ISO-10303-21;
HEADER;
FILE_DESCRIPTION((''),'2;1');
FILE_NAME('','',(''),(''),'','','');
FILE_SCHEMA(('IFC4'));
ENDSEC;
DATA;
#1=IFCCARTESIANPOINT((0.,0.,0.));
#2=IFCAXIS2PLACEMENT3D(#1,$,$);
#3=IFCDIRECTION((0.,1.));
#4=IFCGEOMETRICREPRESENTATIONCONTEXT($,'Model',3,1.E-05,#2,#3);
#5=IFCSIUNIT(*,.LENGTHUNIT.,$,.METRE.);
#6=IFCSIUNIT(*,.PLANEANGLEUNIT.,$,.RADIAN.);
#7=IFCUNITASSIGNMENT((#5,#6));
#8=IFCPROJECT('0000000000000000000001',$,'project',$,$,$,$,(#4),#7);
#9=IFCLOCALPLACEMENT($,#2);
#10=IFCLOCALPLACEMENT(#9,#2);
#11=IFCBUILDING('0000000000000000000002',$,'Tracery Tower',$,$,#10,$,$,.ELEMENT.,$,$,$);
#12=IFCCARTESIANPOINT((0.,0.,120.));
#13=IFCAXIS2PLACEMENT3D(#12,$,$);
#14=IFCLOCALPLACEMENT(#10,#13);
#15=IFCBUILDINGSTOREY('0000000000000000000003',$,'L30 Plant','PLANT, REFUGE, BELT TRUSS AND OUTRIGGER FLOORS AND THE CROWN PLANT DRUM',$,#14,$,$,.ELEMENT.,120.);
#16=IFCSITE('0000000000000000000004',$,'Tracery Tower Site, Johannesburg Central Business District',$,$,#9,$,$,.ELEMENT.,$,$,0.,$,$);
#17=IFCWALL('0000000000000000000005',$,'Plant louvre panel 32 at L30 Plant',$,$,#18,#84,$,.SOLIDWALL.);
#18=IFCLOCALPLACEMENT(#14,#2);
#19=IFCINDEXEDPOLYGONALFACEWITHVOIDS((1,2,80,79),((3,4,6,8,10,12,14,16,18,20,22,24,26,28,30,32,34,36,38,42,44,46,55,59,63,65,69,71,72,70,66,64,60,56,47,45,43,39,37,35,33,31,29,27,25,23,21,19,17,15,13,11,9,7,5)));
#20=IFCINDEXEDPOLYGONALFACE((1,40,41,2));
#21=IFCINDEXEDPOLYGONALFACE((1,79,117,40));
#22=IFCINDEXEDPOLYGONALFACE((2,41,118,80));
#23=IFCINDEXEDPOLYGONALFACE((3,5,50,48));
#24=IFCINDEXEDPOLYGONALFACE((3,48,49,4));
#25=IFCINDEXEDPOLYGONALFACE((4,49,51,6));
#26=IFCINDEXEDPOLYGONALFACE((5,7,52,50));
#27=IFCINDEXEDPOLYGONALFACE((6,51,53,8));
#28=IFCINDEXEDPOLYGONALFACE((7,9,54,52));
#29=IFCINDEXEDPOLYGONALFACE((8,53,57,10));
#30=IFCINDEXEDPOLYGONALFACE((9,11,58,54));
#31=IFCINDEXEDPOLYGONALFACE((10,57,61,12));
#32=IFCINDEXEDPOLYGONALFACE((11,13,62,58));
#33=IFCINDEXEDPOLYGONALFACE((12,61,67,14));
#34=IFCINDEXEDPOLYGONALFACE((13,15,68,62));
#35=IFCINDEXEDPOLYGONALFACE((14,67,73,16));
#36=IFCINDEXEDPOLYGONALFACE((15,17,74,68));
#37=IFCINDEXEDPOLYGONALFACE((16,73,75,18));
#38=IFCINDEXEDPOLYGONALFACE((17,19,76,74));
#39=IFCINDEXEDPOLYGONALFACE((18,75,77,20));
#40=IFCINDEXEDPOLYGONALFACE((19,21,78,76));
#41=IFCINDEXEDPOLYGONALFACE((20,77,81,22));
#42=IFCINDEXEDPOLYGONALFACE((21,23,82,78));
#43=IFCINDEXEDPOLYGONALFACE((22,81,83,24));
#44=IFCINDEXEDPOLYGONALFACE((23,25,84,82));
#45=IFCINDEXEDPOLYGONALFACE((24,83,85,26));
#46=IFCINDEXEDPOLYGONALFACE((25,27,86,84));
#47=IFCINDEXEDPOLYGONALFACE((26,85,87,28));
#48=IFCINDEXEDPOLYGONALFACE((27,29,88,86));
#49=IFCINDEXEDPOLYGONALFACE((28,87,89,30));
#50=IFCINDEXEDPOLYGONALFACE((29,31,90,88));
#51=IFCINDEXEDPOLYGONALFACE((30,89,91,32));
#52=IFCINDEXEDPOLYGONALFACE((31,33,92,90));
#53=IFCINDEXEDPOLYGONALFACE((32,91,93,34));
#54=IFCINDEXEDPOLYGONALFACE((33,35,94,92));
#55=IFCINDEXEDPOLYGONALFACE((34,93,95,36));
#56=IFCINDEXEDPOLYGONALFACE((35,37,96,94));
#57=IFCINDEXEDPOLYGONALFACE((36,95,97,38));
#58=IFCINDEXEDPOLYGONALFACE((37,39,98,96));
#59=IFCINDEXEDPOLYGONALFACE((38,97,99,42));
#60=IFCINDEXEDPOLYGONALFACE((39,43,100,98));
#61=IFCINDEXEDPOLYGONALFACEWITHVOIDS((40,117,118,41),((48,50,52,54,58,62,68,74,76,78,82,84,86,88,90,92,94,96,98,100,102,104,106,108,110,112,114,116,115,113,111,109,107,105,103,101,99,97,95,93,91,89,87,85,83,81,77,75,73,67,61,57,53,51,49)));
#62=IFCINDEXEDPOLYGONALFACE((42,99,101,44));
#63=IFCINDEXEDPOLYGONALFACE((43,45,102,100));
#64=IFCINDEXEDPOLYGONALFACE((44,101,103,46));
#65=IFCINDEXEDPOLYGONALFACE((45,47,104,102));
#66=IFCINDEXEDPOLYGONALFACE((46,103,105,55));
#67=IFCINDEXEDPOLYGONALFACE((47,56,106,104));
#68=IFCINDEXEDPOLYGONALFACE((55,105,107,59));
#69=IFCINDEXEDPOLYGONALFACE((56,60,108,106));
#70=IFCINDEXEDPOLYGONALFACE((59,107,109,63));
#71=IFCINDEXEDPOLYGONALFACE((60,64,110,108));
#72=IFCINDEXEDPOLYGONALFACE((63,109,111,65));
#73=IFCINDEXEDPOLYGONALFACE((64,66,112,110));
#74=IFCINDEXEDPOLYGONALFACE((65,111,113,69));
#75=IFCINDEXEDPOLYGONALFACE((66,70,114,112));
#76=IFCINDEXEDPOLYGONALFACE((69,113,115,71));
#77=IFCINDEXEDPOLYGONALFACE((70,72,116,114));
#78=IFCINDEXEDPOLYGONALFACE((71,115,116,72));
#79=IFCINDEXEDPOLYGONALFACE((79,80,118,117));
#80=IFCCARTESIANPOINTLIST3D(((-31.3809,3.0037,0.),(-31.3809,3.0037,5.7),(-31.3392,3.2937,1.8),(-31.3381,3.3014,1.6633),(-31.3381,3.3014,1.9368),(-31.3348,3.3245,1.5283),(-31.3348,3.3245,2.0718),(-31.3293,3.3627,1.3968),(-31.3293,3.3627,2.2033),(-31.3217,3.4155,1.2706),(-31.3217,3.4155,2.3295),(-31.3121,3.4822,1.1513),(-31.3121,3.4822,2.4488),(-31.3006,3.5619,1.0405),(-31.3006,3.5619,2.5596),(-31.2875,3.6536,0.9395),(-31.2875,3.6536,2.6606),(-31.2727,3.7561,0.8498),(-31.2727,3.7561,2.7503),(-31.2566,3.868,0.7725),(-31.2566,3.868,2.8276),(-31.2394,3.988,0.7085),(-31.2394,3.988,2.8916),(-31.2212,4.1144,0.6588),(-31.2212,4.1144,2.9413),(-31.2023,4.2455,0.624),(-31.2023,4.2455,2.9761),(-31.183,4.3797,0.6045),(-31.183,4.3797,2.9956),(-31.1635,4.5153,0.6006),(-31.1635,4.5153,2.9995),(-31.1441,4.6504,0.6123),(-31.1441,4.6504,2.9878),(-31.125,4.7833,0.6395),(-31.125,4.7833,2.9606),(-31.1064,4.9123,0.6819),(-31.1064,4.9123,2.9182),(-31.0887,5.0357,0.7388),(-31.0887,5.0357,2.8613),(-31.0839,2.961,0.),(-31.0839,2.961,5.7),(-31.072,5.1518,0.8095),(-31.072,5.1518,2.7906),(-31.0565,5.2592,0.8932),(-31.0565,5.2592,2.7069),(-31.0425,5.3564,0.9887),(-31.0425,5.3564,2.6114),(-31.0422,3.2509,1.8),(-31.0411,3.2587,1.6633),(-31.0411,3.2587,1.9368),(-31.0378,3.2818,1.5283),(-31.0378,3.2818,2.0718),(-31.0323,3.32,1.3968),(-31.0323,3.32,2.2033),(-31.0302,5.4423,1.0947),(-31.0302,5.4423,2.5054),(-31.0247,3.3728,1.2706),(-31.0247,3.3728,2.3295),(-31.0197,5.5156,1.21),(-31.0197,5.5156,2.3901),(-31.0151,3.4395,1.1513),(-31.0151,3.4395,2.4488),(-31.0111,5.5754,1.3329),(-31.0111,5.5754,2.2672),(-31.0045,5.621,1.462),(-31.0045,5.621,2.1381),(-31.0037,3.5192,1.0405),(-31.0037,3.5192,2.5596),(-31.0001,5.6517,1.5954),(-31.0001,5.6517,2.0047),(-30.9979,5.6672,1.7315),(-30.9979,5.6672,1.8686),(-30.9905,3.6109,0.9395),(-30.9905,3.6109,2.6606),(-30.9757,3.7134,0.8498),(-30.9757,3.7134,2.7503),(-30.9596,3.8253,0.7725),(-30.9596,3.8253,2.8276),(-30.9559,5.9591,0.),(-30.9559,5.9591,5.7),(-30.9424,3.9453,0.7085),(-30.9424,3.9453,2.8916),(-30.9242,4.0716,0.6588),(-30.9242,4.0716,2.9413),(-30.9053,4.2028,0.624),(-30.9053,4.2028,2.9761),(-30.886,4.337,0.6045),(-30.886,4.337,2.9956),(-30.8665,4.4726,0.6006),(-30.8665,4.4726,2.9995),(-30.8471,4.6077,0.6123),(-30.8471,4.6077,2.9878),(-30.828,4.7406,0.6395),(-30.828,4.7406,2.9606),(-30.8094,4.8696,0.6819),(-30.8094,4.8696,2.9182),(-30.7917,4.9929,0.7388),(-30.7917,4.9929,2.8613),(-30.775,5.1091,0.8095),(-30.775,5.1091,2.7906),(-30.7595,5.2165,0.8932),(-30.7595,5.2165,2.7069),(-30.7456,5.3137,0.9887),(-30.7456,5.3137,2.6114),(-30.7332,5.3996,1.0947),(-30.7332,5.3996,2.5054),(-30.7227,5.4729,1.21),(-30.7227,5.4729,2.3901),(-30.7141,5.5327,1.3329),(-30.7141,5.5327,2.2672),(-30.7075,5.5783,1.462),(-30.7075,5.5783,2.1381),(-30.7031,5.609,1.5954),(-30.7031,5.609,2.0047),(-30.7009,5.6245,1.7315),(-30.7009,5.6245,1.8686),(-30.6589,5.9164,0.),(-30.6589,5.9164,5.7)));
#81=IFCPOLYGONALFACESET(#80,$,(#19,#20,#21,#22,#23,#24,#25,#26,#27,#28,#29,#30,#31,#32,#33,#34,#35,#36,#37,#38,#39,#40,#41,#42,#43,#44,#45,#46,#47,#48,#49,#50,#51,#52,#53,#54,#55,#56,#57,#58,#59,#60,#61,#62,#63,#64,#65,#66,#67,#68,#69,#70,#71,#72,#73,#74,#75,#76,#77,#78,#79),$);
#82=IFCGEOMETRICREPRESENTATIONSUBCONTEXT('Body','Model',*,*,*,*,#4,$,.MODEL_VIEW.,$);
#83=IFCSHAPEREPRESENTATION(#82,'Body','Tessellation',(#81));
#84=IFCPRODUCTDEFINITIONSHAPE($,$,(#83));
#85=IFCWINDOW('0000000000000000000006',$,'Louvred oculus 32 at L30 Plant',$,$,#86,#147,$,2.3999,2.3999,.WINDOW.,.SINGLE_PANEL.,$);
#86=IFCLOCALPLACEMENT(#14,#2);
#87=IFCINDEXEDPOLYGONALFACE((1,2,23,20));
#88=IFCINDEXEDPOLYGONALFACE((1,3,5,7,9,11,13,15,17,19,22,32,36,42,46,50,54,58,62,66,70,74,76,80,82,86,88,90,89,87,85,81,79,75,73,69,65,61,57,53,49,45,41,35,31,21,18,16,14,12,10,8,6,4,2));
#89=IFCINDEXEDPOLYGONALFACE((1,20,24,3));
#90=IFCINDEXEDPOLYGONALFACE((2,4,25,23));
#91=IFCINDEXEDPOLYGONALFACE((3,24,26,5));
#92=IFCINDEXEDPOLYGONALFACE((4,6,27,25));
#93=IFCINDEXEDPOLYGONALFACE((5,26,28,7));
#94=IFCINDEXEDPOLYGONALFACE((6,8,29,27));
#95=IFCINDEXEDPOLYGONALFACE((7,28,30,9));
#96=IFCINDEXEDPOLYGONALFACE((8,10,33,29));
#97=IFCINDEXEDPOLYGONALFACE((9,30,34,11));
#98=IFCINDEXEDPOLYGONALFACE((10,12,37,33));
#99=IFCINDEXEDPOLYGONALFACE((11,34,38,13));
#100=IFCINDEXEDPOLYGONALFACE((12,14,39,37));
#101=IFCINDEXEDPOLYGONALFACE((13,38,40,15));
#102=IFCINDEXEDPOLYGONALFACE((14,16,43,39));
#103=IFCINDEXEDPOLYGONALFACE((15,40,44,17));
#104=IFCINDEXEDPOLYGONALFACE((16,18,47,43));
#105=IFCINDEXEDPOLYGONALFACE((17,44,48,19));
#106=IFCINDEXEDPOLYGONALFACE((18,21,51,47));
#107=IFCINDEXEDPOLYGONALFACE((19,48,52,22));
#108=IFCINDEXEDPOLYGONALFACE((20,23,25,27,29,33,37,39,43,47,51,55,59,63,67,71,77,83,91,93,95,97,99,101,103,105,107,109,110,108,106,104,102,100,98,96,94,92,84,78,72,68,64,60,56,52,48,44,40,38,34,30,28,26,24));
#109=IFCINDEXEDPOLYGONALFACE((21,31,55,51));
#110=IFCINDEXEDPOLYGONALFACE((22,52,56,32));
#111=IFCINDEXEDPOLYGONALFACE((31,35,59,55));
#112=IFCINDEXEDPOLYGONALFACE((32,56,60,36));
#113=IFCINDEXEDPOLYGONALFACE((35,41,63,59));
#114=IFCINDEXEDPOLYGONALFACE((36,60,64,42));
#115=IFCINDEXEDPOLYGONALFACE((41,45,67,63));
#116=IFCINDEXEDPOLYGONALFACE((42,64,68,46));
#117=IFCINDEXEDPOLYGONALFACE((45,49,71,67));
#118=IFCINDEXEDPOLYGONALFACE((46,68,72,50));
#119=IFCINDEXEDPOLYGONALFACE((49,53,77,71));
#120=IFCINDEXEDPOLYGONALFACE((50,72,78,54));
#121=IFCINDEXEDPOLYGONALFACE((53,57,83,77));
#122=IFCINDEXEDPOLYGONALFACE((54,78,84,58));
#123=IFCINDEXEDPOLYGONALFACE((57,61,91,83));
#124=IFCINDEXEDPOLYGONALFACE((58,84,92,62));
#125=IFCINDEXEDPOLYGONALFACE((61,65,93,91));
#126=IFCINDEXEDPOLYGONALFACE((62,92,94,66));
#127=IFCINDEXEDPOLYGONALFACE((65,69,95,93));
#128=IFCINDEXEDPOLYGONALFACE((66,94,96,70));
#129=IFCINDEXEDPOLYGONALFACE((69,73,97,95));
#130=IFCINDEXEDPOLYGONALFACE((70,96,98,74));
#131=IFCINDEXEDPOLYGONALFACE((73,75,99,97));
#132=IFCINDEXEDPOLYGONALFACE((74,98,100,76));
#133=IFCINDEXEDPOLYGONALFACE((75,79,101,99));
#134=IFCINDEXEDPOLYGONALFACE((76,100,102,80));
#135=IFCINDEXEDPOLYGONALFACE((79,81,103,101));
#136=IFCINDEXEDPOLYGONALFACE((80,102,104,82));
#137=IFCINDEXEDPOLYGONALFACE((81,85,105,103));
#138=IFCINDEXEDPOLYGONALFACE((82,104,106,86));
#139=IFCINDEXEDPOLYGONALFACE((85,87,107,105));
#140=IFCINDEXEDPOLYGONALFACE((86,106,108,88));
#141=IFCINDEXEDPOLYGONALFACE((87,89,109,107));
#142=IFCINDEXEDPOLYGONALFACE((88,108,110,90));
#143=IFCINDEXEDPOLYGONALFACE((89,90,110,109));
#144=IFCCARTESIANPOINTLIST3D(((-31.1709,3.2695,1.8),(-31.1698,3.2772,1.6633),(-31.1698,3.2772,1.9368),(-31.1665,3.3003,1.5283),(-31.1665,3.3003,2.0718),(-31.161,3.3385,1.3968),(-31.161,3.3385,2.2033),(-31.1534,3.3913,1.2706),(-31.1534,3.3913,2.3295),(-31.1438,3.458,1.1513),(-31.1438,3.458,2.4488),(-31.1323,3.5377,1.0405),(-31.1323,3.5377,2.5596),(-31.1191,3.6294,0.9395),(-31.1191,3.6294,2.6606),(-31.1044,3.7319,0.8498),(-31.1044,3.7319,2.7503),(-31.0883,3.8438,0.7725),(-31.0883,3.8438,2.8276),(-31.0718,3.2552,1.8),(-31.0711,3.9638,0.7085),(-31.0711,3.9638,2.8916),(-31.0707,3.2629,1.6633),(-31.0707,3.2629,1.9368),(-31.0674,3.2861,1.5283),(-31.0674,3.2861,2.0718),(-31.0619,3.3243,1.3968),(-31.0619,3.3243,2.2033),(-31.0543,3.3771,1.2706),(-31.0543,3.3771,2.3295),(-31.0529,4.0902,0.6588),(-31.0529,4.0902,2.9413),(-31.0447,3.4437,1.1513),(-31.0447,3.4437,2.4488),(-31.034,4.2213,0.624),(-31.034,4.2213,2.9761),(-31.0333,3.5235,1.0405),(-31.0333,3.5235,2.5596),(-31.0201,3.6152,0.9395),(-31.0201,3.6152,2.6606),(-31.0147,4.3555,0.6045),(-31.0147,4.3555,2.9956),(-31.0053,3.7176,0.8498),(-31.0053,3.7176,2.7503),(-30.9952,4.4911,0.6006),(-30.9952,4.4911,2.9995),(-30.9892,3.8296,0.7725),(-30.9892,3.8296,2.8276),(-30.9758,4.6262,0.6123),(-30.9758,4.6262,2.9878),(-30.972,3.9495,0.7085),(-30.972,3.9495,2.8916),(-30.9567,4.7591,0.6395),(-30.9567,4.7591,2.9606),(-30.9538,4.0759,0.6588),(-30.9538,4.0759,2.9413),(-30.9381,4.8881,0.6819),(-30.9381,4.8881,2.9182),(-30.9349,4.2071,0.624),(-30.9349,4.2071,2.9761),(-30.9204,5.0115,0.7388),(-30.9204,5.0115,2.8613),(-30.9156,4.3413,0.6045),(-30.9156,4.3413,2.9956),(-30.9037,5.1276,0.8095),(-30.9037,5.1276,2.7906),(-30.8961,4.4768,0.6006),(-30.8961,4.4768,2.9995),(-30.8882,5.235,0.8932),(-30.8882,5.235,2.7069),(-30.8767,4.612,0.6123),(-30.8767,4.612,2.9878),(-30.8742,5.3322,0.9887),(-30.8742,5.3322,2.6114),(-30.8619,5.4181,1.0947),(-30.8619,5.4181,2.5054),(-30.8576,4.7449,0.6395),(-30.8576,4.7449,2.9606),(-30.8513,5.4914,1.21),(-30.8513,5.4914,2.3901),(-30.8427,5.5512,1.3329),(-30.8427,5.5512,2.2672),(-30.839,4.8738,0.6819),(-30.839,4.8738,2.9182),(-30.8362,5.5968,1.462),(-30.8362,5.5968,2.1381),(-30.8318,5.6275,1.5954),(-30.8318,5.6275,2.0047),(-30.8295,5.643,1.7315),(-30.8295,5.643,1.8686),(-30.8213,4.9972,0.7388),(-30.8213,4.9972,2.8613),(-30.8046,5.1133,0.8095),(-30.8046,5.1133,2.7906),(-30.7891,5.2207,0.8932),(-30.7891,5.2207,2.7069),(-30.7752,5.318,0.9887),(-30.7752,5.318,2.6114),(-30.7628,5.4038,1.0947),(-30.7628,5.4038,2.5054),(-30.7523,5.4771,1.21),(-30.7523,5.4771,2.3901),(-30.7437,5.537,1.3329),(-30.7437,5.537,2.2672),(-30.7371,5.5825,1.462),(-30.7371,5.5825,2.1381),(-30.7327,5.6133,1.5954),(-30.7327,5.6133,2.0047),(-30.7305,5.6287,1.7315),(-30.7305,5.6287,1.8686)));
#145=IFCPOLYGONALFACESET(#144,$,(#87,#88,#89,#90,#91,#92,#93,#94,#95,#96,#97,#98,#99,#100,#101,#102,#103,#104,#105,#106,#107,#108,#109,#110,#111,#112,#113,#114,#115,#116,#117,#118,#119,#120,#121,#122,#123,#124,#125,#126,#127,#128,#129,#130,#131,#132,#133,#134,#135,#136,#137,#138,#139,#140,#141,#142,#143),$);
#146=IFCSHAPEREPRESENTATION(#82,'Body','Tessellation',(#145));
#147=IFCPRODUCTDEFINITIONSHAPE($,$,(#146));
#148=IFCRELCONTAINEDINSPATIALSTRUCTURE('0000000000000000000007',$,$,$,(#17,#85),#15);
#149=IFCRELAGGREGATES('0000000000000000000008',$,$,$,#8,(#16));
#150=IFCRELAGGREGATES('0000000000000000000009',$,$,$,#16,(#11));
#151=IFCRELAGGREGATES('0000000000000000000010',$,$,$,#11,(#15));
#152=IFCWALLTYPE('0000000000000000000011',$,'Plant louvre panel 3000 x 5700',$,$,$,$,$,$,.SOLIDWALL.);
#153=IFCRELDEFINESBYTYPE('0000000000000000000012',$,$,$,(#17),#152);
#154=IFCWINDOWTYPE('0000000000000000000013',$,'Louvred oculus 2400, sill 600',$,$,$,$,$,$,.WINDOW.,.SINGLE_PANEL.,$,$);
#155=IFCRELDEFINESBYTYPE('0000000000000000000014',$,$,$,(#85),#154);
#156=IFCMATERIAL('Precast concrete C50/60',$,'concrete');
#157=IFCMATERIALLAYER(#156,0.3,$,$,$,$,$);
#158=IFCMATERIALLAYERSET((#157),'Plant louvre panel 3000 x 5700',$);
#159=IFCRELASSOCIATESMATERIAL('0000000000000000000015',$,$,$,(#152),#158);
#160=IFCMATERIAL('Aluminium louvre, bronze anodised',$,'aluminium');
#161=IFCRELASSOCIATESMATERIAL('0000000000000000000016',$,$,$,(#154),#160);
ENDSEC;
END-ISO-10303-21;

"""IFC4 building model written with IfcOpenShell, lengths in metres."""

from ifc_helpers import new_model, si_unit, direction, frame, frame_2d, origin, origin_2d, place, context, subcontext, project, spatial, rectangle, circle, extrude, material, layer, layer_set, type_object, element, fill, save


model = new_model("IFC4")

# Units and contexts
model_context = context("Model", 3, precision=1e-05, world=origin(), true_north=direction((0.0, 1.0)))
body_context = subcontext(model_context, "Body", "Model", "MODEL_VIEW")
ifc_project = project(units=[si_unit("LENGTHUNIT", "METRE"), si_unit("PLANEANGLEUNIT", "RADIAN")], contexts=[model_context])

# Site, building, storey
site_placement = place(None, origin())
site = spatial("IfcSite", under=ifc_project, at=site_placement, Name="Tracery Tower Site, Johannesburg Central Business District", CompositionType="ELEMENT", RefElevation=0.0)
building_placement = place(site_placement, origin())
building = spatial("IfcBuilding", under=site, at=building_placement, Name="Tracery Tower", CompositionType="ELEMENT")
storey_placement = place(building_placement, frame((0.0, 0.0, 120.0)))
storey = spatial("IfcBuildingStorey", under=building, at=storey_placement, Name="L30 Plant", Description="PLANT, REFUGE, BELT TRUSS AND OUTRIGGER FLOORS AND THE CROWN PLANT DRUM", CompositionType="ELEMENT", Elevation=120.0)

# Wall, opening, window
ifc_material_1 = material(Name="Precast concrete C50/60", Category="concrete")
ifc_layer_1 = layer(ifc_material_1, 0.3)
ifc_layer_set_1 = layer_set([ifc_layer_1], Name="Plant louvre panel 3000 x 5700")
wall_type_1 = type_object("IfcWallType", Name="Plant louvre panel 3000 x 5700", PredefinedType="SOLIDWALL", material=ifc_layer_set_1)
ifc_material_2 = material(Name="Aluminium louvre, bronze anodised", Category="aluminium")
window_type = type_object("IfcWindowType", Name="Louvred oculus 2400, sill 600", PartitioningType="SINGLE_PANEL", PredefinedType="WINDOW", material=ifc_material_2)
wall_1_placement = place(storey_placement, frame((-30.8074, 5.9377, 0.0), z_axis=(0.0, 0.0, 1.0), x_axis=(-0.14236, -0.989815, 0.0)))
wall_1 = element("IfcWall", 1, at=wall_1_placement, inside=storey, type_object=wall_type_1, Name="Plant louvre panel 32 at L30 Plant", PredefinedType="SOLIDWALL", context=body_context, shape_type="SweptSolid", body=[
    extrude(rectangle(XDim=2.9858, YDim=0.3, at=frame_2d((1.4929, 0.0))), origin(), (0.0, 0.0, 1.0), 5.7),
])
opening_1_placement = place(wall_1_placement, frame((1.4929, 0.0, 1.8)))
opening_1 = element("IfcOpeningElement", 2, at=opening_1_placement, cuts=wall_1, PredefinedType="OPENING", context=body_context, shape_type="SweptSolid", body=[
    extrude(circle(Radius=1.2, at=origin_2d()), frame((0.0, 0.1599, 0.0), z_axis=(0.0, -1.0, 0.0), x_axis=(1.0, 0.0, 0.0)), (0.0, 0.0, 1.0), 0.3201),
])
window_1_placement = place(opening_1_placement, origin())
window_1 = element("IfcWindow", 3, at=window_1_placement, inside=storey, type_object=window_type, Name="Louvred oculus 32 at L30 Plant", OverallHeight=2.3999, OverallWidth=2.3999, PartitioningType="SINGLE_PANEL", PredefinedType="WINDOW", context=body_context, shape_type="SweptSolid", body=[
    extrude(circle(Radius=1.2, at=origin_2d()), frame((0.0, 0.1201, 0.0), z_axis=(0.0, -1.0, 0.0), x_axis=(1.0, 0.0, 0.0)), (0.0, 0.0, 1.0), 0.1001),
])
fill(opening_1, window_1)

save(model, "model.ifc")
